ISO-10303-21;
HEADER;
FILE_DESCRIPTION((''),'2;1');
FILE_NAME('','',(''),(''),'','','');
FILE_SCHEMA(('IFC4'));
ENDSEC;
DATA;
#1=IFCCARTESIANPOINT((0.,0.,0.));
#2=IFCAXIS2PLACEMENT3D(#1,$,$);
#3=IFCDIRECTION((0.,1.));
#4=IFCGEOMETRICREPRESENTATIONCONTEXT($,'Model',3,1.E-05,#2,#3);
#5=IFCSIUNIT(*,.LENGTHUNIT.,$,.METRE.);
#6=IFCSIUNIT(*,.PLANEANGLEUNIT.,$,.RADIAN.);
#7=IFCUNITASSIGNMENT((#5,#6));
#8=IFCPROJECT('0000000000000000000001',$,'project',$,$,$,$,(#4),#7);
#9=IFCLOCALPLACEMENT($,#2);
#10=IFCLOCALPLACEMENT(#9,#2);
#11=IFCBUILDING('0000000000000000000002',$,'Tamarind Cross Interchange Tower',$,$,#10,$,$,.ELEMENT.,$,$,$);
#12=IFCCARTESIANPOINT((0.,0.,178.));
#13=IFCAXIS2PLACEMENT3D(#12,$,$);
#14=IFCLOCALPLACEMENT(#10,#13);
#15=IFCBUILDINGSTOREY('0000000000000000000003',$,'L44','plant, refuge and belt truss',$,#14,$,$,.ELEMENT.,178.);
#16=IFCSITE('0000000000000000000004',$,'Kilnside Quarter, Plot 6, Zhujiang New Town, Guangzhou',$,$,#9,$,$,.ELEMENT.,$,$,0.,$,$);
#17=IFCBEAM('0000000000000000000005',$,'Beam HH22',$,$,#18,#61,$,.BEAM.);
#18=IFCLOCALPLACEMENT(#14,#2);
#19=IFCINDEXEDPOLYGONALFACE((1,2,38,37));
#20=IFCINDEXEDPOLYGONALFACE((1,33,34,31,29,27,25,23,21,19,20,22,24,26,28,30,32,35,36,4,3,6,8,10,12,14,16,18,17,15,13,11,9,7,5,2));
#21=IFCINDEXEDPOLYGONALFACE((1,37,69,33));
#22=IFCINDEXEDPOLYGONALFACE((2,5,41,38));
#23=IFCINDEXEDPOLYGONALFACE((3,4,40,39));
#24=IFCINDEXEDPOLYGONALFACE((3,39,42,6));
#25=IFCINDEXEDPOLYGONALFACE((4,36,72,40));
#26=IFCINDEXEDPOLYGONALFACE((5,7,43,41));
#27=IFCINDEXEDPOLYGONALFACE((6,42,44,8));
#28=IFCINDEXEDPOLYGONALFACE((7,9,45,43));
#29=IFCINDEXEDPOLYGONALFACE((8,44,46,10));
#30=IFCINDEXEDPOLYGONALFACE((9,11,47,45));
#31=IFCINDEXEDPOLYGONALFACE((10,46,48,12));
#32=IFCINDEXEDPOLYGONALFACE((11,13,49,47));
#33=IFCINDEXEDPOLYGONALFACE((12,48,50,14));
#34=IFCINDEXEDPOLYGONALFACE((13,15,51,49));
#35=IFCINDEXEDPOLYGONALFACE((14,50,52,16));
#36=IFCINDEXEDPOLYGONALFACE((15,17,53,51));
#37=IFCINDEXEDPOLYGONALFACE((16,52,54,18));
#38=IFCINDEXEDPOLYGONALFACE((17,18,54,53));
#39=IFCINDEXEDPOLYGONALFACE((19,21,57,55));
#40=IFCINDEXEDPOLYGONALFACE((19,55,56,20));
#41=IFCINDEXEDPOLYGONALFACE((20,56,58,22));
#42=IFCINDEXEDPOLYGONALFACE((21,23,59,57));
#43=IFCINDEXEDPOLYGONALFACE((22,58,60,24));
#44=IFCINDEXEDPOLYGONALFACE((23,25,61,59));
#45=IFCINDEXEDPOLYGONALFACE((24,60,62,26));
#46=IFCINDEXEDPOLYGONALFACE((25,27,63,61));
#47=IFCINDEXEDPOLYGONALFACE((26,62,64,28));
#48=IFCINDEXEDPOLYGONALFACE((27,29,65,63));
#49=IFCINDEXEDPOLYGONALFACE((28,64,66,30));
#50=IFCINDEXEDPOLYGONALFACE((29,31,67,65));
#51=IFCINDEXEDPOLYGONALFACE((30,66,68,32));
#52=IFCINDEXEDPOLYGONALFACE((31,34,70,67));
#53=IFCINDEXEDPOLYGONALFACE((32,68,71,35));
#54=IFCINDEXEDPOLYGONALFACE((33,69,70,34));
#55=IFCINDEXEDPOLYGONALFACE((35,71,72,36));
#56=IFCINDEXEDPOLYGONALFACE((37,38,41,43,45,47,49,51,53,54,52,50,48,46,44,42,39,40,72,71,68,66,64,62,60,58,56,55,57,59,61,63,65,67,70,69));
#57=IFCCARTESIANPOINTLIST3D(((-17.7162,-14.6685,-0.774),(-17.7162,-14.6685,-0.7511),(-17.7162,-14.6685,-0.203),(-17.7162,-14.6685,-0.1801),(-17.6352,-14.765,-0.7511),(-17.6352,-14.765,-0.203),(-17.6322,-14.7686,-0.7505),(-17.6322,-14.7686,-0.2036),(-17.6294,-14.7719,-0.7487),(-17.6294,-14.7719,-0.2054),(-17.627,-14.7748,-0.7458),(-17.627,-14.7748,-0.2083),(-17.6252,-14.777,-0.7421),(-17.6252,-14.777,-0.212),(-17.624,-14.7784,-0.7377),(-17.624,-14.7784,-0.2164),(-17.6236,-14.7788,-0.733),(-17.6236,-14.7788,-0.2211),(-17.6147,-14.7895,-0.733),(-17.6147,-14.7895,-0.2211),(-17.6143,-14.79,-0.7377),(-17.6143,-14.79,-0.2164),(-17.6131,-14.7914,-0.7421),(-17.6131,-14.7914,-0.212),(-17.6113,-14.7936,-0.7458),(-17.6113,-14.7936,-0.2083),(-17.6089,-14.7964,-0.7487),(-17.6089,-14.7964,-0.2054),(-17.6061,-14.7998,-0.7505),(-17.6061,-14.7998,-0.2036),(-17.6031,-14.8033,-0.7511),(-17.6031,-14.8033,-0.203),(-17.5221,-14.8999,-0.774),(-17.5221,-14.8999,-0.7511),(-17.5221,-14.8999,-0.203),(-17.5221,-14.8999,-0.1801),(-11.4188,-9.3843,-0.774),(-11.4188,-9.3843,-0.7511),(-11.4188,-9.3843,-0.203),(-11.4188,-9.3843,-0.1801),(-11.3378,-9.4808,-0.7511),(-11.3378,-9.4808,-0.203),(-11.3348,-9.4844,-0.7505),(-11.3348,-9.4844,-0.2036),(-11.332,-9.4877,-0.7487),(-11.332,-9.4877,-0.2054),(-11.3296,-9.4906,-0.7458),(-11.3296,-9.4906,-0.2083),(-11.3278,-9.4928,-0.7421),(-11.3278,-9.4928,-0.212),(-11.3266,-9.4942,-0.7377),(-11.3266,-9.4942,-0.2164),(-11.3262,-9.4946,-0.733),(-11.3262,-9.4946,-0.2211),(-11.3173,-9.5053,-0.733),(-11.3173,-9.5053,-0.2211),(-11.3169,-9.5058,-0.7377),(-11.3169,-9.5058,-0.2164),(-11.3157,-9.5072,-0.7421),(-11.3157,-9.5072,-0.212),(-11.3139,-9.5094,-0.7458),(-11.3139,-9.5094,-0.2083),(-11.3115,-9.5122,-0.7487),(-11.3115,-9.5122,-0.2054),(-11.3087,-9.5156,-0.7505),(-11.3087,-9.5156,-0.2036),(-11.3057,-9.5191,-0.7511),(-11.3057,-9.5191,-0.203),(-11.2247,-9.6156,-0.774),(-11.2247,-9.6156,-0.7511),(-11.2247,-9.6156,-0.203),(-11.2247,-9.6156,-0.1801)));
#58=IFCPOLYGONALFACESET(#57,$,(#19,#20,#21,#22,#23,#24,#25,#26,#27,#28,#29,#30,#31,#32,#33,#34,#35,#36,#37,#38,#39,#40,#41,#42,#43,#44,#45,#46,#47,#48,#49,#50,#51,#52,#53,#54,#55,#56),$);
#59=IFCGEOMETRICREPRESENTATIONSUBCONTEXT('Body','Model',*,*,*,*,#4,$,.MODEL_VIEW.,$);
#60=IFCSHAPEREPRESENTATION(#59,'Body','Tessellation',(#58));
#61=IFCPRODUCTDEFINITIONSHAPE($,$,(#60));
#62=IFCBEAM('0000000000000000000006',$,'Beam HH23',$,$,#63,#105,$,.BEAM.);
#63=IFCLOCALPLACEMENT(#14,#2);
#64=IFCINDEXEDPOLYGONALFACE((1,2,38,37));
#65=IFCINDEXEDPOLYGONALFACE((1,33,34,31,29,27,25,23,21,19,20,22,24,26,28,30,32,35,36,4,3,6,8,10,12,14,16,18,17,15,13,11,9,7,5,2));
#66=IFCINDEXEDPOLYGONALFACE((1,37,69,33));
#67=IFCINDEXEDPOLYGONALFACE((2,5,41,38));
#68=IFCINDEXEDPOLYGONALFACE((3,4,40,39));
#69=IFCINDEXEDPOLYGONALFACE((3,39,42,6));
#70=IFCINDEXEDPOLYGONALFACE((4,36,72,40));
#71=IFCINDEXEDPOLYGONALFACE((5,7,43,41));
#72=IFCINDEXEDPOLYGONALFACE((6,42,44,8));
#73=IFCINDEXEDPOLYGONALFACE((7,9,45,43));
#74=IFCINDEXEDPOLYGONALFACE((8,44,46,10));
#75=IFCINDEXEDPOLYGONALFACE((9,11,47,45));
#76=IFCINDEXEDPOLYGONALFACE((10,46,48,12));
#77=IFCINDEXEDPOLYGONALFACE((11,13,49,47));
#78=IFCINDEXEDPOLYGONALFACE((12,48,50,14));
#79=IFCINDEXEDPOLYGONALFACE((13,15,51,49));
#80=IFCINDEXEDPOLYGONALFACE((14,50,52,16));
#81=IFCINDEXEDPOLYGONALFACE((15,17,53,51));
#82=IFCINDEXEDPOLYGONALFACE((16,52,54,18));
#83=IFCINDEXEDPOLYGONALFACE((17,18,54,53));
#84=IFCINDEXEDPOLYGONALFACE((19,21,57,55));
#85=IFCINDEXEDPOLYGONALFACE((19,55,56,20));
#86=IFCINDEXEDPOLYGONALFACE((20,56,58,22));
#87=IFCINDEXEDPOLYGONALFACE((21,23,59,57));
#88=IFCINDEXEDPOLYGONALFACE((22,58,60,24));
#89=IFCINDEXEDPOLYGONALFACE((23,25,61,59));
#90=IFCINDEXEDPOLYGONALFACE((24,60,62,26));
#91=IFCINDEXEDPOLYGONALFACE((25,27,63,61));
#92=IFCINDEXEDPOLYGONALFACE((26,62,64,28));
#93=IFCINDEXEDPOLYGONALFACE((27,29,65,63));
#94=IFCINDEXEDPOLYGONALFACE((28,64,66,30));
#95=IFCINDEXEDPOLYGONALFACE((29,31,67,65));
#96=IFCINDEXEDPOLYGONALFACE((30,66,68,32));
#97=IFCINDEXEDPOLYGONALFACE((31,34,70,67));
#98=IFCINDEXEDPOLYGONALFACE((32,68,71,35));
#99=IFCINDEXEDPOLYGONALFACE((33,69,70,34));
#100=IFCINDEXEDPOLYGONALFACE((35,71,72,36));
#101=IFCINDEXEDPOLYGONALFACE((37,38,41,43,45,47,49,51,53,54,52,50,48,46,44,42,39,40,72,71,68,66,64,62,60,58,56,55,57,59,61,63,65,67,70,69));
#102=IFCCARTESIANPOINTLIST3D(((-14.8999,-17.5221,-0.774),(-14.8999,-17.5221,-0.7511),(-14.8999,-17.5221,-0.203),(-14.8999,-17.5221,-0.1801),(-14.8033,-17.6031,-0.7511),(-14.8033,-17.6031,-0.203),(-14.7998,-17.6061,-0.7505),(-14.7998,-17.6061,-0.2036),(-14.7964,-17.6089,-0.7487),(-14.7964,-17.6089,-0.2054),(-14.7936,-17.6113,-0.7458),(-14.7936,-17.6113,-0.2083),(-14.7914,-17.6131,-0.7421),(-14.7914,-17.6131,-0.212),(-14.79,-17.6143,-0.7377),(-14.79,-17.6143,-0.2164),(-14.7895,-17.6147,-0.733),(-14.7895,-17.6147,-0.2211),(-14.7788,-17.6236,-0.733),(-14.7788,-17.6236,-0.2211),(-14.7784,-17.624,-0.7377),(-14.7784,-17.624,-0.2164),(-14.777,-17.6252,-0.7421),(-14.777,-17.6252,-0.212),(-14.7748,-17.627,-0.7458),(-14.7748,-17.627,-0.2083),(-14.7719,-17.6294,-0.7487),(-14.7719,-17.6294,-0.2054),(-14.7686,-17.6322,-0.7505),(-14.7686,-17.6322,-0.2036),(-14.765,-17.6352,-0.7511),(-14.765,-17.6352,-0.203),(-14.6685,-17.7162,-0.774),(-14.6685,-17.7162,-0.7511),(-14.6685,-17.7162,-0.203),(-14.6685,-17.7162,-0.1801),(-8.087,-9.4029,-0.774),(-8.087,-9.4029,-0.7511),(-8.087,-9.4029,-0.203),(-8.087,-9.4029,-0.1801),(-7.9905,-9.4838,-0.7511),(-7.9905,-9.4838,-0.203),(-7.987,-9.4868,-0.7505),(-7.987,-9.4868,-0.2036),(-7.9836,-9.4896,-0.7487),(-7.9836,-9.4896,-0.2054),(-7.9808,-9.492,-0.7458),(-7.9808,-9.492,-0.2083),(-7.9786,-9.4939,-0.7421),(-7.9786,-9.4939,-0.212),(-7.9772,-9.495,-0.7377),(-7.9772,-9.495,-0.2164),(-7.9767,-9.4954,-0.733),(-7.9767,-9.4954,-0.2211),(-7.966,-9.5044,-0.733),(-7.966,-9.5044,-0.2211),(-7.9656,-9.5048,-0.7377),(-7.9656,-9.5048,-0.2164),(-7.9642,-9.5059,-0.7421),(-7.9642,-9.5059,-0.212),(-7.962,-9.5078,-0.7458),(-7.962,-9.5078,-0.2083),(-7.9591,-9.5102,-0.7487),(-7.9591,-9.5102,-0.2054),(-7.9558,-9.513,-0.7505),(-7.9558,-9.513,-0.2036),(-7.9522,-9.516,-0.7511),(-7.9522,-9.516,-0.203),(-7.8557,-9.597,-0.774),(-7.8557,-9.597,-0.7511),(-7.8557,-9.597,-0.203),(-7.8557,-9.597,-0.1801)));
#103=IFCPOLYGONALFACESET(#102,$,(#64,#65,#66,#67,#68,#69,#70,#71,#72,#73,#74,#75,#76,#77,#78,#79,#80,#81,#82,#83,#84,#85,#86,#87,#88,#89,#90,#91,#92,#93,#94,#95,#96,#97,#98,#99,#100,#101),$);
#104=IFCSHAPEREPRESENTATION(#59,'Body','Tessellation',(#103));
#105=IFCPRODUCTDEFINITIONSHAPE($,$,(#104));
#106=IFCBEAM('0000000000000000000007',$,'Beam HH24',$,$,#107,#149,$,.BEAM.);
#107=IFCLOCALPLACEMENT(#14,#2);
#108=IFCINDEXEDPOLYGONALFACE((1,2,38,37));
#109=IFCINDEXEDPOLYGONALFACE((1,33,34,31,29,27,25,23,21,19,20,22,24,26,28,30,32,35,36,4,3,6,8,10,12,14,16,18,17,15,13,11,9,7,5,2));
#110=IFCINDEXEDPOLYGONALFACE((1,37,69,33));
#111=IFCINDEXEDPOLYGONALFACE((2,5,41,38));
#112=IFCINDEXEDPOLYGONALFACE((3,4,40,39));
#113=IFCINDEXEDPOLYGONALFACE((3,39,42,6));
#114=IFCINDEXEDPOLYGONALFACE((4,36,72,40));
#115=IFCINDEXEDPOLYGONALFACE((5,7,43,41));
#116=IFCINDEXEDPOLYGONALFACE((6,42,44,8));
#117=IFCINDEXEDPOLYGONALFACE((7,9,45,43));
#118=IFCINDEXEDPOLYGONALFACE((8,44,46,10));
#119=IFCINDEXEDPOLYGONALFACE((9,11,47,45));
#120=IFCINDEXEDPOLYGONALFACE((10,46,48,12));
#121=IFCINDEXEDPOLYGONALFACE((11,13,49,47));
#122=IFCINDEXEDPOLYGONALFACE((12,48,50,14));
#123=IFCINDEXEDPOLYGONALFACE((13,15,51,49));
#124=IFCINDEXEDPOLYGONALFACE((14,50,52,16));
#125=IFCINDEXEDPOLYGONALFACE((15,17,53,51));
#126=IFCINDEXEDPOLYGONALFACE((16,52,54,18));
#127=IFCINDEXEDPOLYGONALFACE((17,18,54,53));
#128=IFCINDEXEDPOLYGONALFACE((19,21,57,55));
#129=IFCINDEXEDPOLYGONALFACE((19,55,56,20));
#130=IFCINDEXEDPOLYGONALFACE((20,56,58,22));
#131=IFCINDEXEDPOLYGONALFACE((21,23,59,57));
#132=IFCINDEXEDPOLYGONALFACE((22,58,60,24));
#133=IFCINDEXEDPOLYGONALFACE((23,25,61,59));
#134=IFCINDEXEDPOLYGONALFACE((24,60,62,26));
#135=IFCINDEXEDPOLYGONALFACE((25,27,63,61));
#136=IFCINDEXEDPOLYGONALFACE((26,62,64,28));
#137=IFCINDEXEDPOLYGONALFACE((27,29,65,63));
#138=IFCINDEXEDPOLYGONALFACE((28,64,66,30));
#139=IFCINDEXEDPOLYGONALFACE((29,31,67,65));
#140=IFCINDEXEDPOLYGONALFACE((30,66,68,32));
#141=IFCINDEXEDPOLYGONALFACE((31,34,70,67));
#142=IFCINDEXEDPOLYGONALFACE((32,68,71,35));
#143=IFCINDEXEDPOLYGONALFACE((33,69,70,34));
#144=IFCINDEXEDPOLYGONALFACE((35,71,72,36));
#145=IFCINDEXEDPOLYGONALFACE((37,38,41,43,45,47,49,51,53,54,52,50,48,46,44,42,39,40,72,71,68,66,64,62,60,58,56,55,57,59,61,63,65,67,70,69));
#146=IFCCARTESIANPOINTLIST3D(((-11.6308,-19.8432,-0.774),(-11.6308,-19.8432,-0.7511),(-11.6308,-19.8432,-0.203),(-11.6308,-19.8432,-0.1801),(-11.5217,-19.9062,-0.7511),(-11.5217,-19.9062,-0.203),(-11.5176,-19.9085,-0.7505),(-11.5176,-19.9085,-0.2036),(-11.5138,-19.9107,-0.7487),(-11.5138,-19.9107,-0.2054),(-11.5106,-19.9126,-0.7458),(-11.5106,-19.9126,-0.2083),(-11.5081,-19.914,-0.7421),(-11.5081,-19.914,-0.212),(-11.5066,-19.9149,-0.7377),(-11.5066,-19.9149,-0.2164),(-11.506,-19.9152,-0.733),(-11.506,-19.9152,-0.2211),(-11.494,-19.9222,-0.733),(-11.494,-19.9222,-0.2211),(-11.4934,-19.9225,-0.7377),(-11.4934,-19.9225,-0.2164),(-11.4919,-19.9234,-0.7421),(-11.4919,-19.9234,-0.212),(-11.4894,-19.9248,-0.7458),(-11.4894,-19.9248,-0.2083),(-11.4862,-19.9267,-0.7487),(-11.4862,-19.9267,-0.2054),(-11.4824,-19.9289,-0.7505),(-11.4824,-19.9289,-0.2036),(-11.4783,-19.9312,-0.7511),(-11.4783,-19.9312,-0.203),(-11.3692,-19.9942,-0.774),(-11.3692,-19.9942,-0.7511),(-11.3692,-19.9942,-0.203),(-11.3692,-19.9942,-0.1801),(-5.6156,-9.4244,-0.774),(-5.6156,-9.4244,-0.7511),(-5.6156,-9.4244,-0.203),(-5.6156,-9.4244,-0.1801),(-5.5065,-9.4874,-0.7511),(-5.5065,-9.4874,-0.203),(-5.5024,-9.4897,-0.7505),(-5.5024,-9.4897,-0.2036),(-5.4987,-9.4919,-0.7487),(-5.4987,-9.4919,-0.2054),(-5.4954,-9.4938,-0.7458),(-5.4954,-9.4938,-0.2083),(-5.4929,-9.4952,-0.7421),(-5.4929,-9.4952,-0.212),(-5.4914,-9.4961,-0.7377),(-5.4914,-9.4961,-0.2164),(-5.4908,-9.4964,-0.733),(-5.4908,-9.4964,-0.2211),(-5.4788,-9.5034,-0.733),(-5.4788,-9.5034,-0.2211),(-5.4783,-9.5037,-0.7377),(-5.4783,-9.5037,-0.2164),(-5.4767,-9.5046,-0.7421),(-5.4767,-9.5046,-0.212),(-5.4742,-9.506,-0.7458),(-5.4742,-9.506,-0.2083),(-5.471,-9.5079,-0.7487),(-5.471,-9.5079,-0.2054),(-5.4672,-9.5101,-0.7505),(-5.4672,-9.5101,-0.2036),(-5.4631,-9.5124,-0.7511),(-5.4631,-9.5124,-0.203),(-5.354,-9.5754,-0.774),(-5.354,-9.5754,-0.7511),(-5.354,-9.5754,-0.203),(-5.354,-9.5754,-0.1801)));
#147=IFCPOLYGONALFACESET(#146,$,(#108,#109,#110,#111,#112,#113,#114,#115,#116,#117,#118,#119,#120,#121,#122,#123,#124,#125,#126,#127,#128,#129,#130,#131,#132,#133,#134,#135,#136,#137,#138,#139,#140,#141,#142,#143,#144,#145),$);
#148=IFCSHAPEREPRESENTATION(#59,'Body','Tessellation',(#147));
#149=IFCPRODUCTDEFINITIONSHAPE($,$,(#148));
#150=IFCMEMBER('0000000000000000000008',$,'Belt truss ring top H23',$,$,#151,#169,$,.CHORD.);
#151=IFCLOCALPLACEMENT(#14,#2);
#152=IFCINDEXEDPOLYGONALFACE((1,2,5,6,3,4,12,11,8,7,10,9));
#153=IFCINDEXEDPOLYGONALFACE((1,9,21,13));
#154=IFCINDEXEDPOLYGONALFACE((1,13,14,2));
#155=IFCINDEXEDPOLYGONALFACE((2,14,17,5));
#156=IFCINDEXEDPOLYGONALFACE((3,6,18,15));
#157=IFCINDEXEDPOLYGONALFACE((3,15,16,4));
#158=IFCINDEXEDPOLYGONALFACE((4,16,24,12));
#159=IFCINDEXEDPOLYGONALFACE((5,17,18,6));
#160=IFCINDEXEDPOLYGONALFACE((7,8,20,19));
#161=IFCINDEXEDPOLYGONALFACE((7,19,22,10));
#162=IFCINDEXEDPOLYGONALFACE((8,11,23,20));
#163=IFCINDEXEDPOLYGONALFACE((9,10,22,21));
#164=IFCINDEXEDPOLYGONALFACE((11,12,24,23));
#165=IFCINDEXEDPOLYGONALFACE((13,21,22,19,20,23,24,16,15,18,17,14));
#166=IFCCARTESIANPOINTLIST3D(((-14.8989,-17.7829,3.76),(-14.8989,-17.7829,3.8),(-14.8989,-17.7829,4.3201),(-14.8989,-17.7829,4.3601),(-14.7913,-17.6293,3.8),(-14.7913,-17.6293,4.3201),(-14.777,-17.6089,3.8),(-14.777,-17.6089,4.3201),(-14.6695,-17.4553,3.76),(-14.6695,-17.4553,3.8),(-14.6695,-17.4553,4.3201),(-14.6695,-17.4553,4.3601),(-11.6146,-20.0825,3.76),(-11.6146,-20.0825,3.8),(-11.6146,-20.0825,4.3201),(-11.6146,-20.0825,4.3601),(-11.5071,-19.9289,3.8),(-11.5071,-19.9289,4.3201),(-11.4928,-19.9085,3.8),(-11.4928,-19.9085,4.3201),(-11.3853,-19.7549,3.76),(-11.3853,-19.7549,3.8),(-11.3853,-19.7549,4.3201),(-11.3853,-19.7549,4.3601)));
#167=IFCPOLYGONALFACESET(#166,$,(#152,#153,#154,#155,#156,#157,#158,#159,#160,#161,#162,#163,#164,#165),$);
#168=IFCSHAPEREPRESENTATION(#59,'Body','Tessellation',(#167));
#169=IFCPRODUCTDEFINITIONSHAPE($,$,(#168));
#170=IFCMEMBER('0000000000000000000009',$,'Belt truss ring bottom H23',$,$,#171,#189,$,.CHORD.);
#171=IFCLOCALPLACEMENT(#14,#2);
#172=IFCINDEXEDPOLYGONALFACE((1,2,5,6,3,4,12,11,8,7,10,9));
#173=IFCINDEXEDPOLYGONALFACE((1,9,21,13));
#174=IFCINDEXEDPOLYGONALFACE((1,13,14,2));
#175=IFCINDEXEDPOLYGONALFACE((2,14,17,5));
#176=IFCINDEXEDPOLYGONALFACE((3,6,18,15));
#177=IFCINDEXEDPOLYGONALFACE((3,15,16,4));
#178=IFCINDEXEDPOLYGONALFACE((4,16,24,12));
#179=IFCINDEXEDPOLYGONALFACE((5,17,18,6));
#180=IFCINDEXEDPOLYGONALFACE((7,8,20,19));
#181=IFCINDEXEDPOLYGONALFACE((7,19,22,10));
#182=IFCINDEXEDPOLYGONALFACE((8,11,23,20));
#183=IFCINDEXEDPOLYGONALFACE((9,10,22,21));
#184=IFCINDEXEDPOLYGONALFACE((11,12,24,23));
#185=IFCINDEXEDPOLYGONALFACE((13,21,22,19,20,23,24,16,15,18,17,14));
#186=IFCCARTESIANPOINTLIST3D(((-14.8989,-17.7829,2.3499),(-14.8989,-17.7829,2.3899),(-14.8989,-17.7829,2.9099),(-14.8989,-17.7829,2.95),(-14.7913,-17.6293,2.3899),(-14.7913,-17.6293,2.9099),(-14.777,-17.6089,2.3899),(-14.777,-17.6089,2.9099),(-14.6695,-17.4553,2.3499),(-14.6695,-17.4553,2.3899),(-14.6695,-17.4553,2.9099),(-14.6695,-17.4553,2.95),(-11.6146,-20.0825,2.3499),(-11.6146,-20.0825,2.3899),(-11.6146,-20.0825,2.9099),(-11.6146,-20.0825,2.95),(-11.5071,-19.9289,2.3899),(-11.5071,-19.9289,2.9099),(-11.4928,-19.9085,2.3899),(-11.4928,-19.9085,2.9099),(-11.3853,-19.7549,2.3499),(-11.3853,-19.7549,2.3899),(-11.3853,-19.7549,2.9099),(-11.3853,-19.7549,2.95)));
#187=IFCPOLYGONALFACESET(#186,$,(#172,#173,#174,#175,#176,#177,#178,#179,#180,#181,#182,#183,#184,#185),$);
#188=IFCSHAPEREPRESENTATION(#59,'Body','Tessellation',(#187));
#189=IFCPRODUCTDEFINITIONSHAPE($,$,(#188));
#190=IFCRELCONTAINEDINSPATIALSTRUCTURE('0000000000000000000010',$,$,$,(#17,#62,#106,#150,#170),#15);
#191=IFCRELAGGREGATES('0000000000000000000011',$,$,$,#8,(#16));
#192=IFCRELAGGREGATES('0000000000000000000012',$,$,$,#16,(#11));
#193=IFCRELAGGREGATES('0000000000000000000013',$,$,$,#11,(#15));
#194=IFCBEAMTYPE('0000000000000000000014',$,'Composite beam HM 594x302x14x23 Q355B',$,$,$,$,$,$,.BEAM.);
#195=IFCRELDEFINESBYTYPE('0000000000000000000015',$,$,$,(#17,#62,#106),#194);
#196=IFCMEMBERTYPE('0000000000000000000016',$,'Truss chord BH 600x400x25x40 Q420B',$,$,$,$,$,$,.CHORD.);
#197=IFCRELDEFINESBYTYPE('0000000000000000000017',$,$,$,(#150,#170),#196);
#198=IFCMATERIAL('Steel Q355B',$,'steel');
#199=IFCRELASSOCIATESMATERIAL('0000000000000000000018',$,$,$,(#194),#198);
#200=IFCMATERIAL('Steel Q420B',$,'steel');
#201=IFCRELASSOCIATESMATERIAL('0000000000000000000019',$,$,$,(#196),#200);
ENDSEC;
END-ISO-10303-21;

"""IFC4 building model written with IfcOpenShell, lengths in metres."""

from ifc_helpers import new_model, si_unit, direction, frame, origin, origin_2d, place, context, subcontext, project, spatial, i_section, extrude, material, material_profile, profile_set, type_object, element, save


model = new_model("IFC4")

# Units and contexts
model_context = context("Model", 3, precision=1e-05, world=origin(), true_north=direction((0.0, 1.0)))
body_context = subcontext(model_context, "Body", "Model", "MODEL_VIEW")
ifc_project = project(units=[si_unit("LENGTHUNIT", "METRE"), si_unit("PLANEANGLEUNIT", "RADIAN")], contexts=[model_context])

# Site, building, storey
site_placement = place(None, origin())
site = spatial("IfcSite", under=ifc_project, at=site_placement, Name="Kilnside Quarter, Plot 6, Zhujiang New Town, Guangzhou", CompositionType="ELEMENT", RefElevation=0.0)
building_placement = place(site_placement, origin())
building = spatial("IfcBuilding", under=site, at=building_placement, Name="Tamarind Cross Interchange Tower", CompositionType="ELEMENT")
storey_placement = place(building_placement, frame((0.0, 0.0, 178.0)))
storey = spatial("IfcBuildingStorey", under=building, at=storey_placement, Name="L44", Description="plant, refuge and belt truss", CompositionType="ELEMENT", Elevation=178.0)

# Beams
ifc_material_1 = material(Name="Steel Q355B", Category="steel")
ifc_material_profile_1 = material_profile(ifc_material_1, i_section(OverallWidth=0.302, OverallDepth=0.594, WebThickness=0.0139, FlangeThickness=0.0229, FilletRadius=0.0181, at=origin_2d()), Name="HM 594x302x14x23")
ifc_profile_set_1 = profile_set([ifc_material_profile_1], Name="Steel Q355B")
beam_type = type_object("IfcBeamType", Name="Composite beam HM 594x302x14x23 Q355B", PredefinedType="BEAM", material=ifc_profile_set_1)
beam_1_placement = place(storey_placement, frame((-17.6191, -14.7842, -0.4771), z_axis=(0.766041, 0.642792, 0.0), x_axis=(-0.642792, 0.766041, 0.0)))
element("IfcBeam", 1, at=beam_1_placement, inside=storey, type_object=beam_type, Name="Beam HH22", PredefinedType="BEAM", context=body_context, shape_type="SweptSolid", body=[
    extrude(i_section(OverallWidth=0.302, OverallDepth=0.594, WebThickness=0.0139, FlangeThickness=0.0229, FilletRadius=0.0181, at=origin_2d()), origin(), (0.0, 0.0, 1.0), 8.2207),
])
beam_2_placement = place(storey_placement, frame((-14.7842, -17.6191, -0.4771), z_axis=(0.642786, 0.766046, 0.0), x_axis=(-0.766046, 0.642786, 0.0)))
element("IfcBeam", 2, at=beam_2_placement, inside=storey, type_object=beam_type, Name="Beam HH23", PredefinedType="BEAM", context=body_context, shape_type="SweptSolid", body=[
    extrude(i_section(OverallWidth=0.302, OverallDepth=0.594, WebThickness=0.0139, FlangeThickness=0.0229, FilletRadius=0.0181, at=origin_2d()), origin(), (0.0, 0.0, 1.0), 10.5989),
])
beam_3_placement = place(storey_placement, frame((-11.5, -19.9187, -0.4771), z_axis=(0.499994, 0.866029, 0.0), x_axis=(-0.866029, 0.499994, 0.0)))
element("IfcBeam", 3, at=beam_3_placement, inside=storey, type_object=beam_type, Name="Beam HH24", PredefinedType="BEAM", context=body_context, shape_type="SweptSolid", body=[
    extrude(i_section(OverallWidth=0.302, OverallDepth=0.594, WebThickness=0.0139, FlangeThickness=0.0229, FilletRadius=0.0181, at=origin_2d()), origin(), (0.0, 0.0, 1.0), 12.0305),
])

# Members
ifc_material_2 = material(Name="Steel Q420B", Category="steel")
ifc_material_profile_2 = material_profile(ifc_material_2, i_section(OverallWidth=0.3999, OverallDepth=0.6001, WebThickness=0.0249, FlangeThickness=0.04, at=origin_2d()), Name="BH 600x400x25x40")
ifc_profile_set_2 = profile_set([ifc_material_profile_2], Name="Steel Q420B")
member_type_1 = type_object("IfcMemberType", Name="Truss chord BH 600x400x25x40 Q420B", PredefinedType="CHORD", material=ifc_profile_set_2)
for number, where, z_axis, x_axis, name in (
    (4, (-14.7842, -17.6191, 4.0601), (0.819158, -0.573569, 0.0), (0.573569, 0.819158, 0.0), "Belt truss ring top H23"),
    (5, (-14.7842, -17.6191, 2.6499), (0.819158, -0.573569, 0.0), (0.573569, 0.819158, 0.0), "Belt truss ring bottom H23"),
):
    element("IfcMember", number, at=place(storey_placement, frame(where, z_axis=z_axis, x_axis=x_axis)), inside=storey, type_object=member_type_1, Name=name, PredefinedType="CHORD", context=body_context, shape_type="SweptSolid", body=[
        extrude(i_section(OverallWidth=0.3999, OverallDepth=0.6001, WebThickness=0.0249, FlangeThickness=0.04, at=origin_2d()), origin(), (0.0, 0.0, 1.0), 4.0093),
    ])

save(model, "model.ifc")
